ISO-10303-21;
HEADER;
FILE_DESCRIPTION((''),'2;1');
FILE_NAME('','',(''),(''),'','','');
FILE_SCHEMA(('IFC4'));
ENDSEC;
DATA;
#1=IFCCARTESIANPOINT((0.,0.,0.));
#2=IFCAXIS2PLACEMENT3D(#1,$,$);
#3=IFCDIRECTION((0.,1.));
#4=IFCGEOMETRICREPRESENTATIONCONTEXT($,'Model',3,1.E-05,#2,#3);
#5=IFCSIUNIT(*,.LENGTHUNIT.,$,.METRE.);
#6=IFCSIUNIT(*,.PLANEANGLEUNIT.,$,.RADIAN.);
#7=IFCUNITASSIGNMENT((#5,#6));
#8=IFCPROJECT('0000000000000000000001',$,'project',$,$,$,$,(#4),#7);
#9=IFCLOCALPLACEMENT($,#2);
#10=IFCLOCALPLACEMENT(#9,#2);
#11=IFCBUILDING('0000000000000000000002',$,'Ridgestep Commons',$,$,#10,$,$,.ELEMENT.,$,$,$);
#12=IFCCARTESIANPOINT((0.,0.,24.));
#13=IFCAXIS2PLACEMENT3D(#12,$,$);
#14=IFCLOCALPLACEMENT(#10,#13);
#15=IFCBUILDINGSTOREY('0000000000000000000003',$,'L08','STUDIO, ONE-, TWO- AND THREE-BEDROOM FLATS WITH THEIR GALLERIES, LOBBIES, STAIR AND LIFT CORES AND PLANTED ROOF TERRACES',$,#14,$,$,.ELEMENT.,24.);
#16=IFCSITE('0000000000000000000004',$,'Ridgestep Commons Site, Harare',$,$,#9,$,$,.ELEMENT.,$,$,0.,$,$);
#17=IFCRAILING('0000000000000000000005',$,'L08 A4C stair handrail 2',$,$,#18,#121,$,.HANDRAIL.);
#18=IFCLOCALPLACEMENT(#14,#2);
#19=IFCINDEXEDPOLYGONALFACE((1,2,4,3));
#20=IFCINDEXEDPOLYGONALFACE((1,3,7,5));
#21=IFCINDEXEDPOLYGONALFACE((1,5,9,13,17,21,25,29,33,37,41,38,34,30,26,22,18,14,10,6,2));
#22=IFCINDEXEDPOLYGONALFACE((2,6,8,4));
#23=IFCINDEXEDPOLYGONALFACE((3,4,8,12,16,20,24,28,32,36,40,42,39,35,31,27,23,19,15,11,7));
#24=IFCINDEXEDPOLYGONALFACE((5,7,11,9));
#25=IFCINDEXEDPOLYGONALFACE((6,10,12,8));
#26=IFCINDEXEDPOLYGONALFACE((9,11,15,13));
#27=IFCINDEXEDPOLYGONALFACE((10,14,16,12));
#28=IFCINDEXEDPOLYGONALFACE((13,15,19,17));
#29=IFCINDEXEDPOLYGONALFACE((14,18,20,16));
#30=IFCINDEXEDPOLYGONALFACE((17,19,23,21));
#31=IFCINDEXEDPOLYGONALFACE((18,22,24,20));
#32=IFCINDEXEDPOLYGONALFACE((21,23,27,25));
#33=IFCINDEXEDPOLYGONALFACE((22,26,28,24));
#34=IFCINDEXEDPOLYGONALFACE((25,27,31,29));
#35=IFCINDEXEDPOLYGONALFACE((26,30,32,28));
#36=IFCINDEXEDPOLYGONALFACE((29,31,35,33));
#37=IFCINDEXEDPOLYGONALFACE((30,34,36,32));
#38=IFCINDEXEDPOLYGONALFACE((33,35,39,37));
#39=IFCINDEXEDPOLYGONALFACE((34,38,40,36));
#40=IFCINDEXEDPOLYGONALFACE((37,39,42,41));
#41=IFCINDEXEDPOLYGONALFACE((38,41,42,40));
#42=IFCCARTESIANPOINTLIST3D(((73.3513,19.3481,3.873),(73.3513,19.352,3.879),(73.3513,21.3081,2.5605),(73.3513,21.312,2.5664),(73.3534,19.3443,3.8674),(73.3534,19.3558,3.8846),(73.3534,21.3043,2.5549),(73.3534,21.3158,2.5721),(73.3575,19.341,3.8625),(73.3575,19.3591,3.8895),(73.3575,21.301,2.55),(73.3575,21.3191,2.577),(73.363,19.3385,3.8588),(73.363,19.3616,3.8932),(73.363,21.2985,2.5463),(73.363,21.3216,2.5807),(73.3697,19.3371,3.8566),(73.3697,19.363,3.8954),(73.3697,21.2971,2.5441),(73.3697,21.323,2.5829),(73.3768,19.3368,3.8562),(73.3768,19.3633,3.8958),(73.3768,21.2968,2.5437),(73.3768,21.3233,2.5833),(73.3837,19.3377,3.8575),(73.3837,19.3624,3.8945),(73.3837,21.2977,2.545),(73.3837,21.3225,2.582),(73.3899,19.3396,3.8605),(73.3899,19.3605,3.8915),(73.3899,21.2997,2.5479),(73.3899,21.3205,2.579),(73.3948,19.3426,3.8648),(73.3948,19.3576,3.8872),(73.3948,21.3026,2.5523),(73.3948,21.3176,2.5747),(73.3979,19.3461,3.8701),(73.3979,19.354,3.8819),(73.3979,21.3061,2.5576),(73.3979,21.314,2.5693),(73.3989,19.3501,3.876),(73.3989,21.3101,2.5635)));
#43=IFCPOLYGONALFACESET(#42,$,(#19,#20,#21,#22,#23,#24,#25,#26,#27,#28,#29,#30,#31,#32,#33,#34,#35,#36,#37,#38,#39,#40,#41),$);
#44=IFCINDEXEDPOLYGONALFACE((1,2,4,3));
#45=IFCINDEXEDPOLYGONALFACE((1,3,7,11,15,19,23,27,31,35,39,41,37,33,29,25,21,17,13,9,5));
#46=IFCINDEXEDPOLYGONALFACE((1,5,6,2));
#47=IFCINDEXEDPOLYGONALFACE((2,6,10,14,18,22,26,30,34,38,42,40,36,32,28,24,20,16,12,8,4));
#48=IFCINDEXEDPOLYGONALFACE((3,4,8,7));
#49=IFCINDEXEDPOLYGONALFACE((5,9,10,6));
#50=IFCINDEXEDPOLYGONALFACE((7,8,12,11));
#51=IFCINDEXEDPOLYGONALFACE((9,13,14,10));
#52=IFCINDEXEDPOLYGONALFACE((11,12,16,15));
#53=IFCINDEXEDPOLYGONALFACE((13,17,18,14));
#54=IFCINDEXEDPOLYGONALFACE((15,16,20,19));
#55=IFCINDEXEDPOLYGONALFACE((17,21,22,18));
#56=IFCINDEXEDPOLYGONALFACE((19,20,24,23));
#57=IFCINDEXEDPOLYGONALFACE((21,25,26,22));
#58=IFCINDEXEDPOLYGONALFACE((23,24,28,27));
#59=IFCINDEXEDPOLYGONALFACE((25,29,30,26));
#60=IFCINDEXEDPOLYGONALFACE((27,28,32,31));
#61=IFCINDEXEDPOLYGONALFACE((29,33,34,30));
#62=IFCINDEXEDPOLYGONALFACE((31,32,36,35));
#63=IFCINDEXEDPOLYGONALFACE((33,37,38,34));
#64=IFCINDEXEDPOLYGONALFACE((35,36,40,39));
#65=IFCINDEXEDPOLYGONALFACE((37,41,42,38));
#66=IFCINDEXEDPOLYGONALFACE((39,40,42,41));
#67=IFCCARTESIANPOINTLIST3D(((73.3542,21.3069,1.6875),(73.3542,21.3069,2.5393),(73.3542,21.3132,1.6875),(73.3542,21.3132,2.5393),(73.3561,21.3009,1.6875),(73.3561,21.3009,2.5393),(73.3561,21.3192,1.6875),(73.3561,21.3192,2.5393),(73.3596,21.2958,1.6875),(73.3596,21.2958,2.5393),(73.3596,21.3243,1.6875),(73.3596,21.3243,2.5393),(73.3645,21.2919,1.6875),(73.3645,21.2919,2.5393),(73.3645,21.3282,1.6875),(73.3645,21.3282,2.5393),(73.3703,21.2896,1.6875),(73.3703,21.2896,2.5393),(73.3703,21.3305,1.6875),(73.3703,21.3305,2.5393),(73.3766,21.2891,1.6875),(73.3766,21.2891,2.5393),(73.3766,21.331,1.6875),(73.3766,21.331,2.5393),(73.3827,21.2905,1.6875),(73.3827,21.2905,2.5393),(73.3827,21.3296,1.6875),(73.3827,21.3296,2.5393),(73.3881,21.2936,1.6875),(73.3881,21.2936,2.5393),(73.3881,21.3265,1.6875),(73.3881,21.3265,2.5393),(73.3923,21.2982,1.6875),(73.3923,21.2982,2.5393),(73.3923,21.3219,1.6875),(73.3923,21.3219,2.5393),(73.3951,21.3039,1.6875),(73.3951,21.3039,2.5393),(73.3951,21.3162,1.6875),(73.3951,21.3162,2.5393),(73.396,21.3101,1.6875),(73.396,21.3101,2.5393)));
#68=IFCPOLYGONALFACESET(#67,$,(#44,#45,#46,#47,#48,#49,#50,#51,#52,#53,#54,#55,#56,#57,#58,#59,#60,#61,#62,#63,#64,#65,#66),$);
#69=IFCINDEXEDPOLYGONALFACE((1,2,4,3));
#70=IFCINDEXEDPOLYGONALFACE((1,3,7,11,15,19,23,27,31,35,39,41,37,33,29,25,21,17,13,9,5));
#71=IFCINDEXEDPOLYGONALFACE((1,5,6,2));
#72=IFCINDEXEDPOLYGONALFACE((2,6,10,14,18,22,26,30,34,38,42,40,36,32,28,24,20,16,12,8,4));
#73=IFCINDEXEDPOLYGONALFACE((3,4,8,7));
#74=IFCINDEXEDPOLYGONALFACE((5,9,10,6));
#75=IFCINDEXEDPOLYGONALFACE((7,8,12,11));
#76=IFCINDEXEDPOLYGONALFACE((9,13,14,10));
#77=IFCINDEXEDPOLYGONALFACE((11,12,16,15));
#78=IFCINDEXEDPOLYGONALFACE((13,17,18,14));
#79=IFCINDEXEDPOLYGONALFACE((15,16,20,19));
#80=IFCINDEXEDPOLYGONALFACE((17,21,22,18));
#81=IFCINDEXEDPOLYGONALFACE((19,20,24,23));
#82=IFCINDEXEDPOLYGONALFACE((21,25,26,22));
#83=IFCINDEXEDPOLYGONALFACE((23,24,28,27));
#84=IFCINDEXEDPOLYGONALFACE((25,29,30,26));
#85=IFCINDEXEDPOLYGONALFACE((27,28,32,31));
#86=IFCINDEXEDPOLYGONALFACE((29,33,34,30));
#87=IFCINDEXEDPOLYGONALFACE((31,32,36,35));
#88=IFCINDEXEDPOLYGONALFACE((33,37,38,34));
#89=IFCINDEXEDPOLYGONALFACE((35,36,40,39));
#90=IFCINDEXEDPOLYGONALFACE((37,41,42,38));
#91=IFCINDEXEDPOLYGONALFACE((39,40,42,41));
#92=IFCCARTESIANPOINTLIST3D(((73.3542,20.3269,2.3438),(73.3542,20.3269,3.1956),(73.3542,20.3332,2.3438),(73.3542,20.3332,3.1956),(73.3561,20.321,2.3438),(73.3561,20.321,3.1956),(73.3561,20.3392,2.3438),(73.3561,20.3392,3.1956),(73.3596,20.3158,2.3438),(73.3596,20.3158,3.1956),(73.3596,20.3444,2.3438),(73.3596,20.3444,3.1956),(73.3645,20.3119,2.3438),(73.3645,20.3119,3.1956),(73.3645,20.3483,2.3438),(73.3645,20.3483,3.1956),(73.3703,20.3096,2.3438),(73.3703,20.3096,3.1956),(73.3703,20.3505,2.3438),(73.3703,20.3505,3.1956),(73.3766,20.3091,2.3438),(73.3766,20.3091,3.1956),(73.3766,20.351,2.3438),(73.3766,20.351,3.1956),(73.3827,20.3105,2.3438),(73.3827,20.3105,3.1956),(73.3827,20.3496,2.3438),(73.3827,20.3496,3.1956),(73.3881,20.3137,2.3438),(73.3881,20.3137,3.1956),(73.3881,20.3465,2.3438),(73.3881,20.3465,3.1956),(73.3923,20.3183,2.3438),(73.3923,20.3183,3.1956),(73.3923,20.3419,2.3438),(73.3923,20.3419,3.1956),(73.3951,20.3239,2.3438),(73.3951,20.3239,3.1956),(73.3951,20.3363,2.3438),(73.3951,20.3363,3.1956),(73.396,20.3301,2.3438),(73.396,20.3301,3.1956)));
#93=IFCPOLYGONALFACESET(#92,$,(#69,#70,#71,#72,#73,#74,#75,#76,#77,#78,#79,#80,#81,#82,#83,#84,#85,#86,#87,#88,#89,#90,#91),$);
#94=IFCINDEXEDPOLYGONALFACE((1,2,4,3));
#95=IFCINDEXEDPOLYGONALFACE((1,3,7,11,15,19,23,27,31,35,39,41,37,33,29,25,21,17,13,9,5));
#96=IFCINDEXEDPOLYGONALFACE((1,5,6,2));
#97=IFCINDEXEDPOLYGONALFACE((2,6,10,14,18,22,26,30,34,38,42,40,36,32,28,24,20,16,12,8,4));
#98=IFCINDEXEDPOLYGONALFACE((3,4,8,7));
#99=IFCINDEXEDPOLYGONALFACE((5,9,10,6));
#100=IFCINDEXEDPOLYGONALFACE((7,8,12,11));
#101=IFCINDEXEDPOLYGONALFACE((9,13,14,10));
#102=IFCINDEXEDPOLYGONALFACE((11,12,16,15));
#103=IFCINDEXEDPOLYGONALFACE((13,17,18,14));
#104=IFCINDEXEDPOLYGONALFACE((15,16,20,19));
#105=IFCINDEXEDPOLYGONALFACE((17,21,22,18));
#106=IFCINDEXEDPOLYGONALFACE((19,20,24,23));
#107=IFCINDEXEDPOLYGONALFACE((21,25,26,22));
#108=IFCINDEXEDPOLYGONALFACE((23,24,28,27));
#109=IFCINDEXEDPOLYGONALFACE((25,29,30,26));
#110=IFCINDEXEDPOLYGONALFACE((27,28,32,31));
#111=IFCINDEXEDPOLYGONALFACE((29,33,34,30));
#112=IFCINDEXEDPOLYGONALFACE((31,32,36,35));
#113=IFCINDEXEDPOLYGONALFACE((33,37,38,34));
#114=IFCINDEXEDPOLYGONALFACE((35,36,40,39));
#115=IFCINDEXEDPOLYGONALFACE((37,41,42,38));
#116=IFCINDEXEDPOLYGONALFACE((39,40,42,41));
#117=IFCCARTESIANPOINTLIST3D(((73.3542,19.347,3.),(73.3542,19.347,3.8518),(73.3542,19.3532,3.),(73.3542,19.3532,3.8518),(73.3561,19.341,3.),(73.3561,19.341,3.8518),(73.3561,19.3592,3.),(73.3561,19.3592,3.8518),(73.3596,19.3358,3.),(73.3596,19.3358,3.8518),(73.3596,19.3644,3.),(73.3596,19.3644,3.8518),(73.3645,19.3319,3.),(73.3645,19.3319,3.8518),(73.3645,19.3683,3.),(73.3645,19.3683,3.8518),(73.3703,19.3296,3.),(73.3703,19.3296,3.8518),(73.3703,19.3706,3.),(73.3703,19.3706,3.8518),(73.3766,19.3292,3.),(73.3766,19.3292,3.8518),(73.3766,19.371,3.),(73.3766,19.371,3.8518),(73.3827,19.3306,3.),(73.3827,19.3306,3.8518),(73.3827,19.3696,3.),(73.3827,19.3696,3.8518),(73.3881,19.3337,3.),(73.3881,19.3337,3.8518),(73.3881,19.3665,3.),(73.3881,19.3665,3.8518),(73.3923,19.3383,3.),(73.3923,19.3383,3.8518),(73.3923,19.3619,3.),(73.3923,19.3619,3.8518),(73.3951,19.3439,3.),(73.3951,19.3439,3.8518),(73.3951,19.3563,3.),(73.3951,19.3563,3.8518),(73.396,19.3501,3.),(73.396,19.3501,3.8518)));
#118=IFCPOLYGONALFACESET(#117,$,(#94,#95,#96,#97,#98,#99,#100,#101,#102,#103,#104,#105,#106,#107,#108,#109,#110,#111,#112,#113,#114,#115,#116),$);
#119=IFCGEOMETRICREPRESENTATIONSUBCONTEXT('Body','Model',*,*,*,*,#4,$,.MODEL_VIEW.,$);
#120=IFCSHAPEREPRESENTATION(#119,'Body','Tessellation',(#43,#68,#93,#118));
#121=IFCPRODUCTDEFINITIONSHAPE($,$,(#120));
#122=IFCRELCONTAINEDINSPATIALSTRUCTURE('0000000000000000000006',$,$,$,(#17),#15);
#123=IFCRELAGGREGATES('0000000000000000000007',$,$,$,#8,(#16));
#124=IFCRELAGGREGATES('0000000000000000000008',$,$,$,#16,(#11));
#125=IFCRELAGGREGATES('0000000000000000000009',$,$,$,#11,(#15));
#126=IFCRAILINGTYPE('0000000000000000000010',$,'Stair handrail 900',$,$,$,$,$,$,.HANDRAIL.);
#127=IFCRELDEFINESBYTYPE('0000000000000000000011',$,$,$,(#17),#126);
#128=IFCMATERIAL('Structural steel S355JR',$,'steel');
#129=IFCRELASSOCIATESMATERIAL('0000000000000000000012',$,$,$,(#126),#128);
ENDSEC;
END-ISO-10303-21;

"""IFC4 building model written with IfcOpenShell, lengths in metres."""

from ifc_helpers import new_model, si_unit, direction, frame, origin, origin_2d, place, context, subcontext, project, spatial, circle, extrude, material, type_object, element, save


model = new_model("IFC4")

# Units and contexts
model_context = context("Model", 3, precision=1e-05, world=origin(), true_north=direction((0.0, 1.0)))
body_context = subcontext(model_context, "Body", "Model", "MODEL_VIEW")
ifc_project = project(units=[si_unit("LENGTHUNIT", "METRE"), si_unit("PLANEANGLEUNIT", "RADIAN")], contexts=[model_context])

# Site, building, storey
site_placement = place(None, origin())
site = spatial("IfcSite", under=ifc_project, at=site_placement, Name="Ridgestep Commons Site, Harare", CompositionType="ELEMENT", RefElevation=0.0)
building_placement = place(site_placement, origin())
building = spatial("IfcBuilding", under=site, at=building_placement, Name="Ridgestep Commons", CompositionType="ELEMENT")
storey_placement = place(building_placement, frame((0.0, 0.0, 24.0)))
storey = spatial("IfcBuildingStorey", under=building, at=storey_placement, Name="L08", Description="STUDIO, ONE-, TWO- AND THREE-BEDROOM FLATS WITH THEIR GALLERIES, LOBBIES, STAIR AND LIFT CORES AND PLANTED ROOF TERRACES", CompositionType="ELEMENT", Elevation=24.0)

# Railing
ifc_material_1 = material(Name="Structural steel S355JR", Category="steel")
railing_type_1 = type_object("IfcRailingType", Name="Stair handrail 900", PredefinedType="HANDRAIL", material=ifc_material_1)
railing_1_placement = place(storey_placement, frame((73.375, 21.3101, 1.6875)))
element("IfcRailing", 1, at=railing_1_placement, inside=storey, type_object=railing_type_1, Name="L08 A4C stair handrail 2", PredefinedType="HANDRAIL", context=body_context, shape_type="SweptSolid", body=[
    extrude(circle(Radius=0.0239, at=origin_2d()), frame((0.0, 0.0, 0.876), z_axis=(0.0, -0.830902, 0.556419), x_axis=(1.0, 0.0, 0.0)), (0.0, 0.0, 1.0), 2.3589),
    extrude(circle(Radius=0.021, at=origin_2d()), origin(), (0.0, 0.0, 1.0), 0.8518),
    extrude(circle(Radius=0.021, at=origin_2d()), frame((0.0, -0.98, 0.6562)), (0.0, 0.0, 1.0), 0.8518),
    extrude(circle(Radius=0.021, at=origin_2d()), frame((0.0, -1.96, 1.3125)), (0.0, 0.0, 1.0), 0.8518),
])

save(model, "model.ifc")
